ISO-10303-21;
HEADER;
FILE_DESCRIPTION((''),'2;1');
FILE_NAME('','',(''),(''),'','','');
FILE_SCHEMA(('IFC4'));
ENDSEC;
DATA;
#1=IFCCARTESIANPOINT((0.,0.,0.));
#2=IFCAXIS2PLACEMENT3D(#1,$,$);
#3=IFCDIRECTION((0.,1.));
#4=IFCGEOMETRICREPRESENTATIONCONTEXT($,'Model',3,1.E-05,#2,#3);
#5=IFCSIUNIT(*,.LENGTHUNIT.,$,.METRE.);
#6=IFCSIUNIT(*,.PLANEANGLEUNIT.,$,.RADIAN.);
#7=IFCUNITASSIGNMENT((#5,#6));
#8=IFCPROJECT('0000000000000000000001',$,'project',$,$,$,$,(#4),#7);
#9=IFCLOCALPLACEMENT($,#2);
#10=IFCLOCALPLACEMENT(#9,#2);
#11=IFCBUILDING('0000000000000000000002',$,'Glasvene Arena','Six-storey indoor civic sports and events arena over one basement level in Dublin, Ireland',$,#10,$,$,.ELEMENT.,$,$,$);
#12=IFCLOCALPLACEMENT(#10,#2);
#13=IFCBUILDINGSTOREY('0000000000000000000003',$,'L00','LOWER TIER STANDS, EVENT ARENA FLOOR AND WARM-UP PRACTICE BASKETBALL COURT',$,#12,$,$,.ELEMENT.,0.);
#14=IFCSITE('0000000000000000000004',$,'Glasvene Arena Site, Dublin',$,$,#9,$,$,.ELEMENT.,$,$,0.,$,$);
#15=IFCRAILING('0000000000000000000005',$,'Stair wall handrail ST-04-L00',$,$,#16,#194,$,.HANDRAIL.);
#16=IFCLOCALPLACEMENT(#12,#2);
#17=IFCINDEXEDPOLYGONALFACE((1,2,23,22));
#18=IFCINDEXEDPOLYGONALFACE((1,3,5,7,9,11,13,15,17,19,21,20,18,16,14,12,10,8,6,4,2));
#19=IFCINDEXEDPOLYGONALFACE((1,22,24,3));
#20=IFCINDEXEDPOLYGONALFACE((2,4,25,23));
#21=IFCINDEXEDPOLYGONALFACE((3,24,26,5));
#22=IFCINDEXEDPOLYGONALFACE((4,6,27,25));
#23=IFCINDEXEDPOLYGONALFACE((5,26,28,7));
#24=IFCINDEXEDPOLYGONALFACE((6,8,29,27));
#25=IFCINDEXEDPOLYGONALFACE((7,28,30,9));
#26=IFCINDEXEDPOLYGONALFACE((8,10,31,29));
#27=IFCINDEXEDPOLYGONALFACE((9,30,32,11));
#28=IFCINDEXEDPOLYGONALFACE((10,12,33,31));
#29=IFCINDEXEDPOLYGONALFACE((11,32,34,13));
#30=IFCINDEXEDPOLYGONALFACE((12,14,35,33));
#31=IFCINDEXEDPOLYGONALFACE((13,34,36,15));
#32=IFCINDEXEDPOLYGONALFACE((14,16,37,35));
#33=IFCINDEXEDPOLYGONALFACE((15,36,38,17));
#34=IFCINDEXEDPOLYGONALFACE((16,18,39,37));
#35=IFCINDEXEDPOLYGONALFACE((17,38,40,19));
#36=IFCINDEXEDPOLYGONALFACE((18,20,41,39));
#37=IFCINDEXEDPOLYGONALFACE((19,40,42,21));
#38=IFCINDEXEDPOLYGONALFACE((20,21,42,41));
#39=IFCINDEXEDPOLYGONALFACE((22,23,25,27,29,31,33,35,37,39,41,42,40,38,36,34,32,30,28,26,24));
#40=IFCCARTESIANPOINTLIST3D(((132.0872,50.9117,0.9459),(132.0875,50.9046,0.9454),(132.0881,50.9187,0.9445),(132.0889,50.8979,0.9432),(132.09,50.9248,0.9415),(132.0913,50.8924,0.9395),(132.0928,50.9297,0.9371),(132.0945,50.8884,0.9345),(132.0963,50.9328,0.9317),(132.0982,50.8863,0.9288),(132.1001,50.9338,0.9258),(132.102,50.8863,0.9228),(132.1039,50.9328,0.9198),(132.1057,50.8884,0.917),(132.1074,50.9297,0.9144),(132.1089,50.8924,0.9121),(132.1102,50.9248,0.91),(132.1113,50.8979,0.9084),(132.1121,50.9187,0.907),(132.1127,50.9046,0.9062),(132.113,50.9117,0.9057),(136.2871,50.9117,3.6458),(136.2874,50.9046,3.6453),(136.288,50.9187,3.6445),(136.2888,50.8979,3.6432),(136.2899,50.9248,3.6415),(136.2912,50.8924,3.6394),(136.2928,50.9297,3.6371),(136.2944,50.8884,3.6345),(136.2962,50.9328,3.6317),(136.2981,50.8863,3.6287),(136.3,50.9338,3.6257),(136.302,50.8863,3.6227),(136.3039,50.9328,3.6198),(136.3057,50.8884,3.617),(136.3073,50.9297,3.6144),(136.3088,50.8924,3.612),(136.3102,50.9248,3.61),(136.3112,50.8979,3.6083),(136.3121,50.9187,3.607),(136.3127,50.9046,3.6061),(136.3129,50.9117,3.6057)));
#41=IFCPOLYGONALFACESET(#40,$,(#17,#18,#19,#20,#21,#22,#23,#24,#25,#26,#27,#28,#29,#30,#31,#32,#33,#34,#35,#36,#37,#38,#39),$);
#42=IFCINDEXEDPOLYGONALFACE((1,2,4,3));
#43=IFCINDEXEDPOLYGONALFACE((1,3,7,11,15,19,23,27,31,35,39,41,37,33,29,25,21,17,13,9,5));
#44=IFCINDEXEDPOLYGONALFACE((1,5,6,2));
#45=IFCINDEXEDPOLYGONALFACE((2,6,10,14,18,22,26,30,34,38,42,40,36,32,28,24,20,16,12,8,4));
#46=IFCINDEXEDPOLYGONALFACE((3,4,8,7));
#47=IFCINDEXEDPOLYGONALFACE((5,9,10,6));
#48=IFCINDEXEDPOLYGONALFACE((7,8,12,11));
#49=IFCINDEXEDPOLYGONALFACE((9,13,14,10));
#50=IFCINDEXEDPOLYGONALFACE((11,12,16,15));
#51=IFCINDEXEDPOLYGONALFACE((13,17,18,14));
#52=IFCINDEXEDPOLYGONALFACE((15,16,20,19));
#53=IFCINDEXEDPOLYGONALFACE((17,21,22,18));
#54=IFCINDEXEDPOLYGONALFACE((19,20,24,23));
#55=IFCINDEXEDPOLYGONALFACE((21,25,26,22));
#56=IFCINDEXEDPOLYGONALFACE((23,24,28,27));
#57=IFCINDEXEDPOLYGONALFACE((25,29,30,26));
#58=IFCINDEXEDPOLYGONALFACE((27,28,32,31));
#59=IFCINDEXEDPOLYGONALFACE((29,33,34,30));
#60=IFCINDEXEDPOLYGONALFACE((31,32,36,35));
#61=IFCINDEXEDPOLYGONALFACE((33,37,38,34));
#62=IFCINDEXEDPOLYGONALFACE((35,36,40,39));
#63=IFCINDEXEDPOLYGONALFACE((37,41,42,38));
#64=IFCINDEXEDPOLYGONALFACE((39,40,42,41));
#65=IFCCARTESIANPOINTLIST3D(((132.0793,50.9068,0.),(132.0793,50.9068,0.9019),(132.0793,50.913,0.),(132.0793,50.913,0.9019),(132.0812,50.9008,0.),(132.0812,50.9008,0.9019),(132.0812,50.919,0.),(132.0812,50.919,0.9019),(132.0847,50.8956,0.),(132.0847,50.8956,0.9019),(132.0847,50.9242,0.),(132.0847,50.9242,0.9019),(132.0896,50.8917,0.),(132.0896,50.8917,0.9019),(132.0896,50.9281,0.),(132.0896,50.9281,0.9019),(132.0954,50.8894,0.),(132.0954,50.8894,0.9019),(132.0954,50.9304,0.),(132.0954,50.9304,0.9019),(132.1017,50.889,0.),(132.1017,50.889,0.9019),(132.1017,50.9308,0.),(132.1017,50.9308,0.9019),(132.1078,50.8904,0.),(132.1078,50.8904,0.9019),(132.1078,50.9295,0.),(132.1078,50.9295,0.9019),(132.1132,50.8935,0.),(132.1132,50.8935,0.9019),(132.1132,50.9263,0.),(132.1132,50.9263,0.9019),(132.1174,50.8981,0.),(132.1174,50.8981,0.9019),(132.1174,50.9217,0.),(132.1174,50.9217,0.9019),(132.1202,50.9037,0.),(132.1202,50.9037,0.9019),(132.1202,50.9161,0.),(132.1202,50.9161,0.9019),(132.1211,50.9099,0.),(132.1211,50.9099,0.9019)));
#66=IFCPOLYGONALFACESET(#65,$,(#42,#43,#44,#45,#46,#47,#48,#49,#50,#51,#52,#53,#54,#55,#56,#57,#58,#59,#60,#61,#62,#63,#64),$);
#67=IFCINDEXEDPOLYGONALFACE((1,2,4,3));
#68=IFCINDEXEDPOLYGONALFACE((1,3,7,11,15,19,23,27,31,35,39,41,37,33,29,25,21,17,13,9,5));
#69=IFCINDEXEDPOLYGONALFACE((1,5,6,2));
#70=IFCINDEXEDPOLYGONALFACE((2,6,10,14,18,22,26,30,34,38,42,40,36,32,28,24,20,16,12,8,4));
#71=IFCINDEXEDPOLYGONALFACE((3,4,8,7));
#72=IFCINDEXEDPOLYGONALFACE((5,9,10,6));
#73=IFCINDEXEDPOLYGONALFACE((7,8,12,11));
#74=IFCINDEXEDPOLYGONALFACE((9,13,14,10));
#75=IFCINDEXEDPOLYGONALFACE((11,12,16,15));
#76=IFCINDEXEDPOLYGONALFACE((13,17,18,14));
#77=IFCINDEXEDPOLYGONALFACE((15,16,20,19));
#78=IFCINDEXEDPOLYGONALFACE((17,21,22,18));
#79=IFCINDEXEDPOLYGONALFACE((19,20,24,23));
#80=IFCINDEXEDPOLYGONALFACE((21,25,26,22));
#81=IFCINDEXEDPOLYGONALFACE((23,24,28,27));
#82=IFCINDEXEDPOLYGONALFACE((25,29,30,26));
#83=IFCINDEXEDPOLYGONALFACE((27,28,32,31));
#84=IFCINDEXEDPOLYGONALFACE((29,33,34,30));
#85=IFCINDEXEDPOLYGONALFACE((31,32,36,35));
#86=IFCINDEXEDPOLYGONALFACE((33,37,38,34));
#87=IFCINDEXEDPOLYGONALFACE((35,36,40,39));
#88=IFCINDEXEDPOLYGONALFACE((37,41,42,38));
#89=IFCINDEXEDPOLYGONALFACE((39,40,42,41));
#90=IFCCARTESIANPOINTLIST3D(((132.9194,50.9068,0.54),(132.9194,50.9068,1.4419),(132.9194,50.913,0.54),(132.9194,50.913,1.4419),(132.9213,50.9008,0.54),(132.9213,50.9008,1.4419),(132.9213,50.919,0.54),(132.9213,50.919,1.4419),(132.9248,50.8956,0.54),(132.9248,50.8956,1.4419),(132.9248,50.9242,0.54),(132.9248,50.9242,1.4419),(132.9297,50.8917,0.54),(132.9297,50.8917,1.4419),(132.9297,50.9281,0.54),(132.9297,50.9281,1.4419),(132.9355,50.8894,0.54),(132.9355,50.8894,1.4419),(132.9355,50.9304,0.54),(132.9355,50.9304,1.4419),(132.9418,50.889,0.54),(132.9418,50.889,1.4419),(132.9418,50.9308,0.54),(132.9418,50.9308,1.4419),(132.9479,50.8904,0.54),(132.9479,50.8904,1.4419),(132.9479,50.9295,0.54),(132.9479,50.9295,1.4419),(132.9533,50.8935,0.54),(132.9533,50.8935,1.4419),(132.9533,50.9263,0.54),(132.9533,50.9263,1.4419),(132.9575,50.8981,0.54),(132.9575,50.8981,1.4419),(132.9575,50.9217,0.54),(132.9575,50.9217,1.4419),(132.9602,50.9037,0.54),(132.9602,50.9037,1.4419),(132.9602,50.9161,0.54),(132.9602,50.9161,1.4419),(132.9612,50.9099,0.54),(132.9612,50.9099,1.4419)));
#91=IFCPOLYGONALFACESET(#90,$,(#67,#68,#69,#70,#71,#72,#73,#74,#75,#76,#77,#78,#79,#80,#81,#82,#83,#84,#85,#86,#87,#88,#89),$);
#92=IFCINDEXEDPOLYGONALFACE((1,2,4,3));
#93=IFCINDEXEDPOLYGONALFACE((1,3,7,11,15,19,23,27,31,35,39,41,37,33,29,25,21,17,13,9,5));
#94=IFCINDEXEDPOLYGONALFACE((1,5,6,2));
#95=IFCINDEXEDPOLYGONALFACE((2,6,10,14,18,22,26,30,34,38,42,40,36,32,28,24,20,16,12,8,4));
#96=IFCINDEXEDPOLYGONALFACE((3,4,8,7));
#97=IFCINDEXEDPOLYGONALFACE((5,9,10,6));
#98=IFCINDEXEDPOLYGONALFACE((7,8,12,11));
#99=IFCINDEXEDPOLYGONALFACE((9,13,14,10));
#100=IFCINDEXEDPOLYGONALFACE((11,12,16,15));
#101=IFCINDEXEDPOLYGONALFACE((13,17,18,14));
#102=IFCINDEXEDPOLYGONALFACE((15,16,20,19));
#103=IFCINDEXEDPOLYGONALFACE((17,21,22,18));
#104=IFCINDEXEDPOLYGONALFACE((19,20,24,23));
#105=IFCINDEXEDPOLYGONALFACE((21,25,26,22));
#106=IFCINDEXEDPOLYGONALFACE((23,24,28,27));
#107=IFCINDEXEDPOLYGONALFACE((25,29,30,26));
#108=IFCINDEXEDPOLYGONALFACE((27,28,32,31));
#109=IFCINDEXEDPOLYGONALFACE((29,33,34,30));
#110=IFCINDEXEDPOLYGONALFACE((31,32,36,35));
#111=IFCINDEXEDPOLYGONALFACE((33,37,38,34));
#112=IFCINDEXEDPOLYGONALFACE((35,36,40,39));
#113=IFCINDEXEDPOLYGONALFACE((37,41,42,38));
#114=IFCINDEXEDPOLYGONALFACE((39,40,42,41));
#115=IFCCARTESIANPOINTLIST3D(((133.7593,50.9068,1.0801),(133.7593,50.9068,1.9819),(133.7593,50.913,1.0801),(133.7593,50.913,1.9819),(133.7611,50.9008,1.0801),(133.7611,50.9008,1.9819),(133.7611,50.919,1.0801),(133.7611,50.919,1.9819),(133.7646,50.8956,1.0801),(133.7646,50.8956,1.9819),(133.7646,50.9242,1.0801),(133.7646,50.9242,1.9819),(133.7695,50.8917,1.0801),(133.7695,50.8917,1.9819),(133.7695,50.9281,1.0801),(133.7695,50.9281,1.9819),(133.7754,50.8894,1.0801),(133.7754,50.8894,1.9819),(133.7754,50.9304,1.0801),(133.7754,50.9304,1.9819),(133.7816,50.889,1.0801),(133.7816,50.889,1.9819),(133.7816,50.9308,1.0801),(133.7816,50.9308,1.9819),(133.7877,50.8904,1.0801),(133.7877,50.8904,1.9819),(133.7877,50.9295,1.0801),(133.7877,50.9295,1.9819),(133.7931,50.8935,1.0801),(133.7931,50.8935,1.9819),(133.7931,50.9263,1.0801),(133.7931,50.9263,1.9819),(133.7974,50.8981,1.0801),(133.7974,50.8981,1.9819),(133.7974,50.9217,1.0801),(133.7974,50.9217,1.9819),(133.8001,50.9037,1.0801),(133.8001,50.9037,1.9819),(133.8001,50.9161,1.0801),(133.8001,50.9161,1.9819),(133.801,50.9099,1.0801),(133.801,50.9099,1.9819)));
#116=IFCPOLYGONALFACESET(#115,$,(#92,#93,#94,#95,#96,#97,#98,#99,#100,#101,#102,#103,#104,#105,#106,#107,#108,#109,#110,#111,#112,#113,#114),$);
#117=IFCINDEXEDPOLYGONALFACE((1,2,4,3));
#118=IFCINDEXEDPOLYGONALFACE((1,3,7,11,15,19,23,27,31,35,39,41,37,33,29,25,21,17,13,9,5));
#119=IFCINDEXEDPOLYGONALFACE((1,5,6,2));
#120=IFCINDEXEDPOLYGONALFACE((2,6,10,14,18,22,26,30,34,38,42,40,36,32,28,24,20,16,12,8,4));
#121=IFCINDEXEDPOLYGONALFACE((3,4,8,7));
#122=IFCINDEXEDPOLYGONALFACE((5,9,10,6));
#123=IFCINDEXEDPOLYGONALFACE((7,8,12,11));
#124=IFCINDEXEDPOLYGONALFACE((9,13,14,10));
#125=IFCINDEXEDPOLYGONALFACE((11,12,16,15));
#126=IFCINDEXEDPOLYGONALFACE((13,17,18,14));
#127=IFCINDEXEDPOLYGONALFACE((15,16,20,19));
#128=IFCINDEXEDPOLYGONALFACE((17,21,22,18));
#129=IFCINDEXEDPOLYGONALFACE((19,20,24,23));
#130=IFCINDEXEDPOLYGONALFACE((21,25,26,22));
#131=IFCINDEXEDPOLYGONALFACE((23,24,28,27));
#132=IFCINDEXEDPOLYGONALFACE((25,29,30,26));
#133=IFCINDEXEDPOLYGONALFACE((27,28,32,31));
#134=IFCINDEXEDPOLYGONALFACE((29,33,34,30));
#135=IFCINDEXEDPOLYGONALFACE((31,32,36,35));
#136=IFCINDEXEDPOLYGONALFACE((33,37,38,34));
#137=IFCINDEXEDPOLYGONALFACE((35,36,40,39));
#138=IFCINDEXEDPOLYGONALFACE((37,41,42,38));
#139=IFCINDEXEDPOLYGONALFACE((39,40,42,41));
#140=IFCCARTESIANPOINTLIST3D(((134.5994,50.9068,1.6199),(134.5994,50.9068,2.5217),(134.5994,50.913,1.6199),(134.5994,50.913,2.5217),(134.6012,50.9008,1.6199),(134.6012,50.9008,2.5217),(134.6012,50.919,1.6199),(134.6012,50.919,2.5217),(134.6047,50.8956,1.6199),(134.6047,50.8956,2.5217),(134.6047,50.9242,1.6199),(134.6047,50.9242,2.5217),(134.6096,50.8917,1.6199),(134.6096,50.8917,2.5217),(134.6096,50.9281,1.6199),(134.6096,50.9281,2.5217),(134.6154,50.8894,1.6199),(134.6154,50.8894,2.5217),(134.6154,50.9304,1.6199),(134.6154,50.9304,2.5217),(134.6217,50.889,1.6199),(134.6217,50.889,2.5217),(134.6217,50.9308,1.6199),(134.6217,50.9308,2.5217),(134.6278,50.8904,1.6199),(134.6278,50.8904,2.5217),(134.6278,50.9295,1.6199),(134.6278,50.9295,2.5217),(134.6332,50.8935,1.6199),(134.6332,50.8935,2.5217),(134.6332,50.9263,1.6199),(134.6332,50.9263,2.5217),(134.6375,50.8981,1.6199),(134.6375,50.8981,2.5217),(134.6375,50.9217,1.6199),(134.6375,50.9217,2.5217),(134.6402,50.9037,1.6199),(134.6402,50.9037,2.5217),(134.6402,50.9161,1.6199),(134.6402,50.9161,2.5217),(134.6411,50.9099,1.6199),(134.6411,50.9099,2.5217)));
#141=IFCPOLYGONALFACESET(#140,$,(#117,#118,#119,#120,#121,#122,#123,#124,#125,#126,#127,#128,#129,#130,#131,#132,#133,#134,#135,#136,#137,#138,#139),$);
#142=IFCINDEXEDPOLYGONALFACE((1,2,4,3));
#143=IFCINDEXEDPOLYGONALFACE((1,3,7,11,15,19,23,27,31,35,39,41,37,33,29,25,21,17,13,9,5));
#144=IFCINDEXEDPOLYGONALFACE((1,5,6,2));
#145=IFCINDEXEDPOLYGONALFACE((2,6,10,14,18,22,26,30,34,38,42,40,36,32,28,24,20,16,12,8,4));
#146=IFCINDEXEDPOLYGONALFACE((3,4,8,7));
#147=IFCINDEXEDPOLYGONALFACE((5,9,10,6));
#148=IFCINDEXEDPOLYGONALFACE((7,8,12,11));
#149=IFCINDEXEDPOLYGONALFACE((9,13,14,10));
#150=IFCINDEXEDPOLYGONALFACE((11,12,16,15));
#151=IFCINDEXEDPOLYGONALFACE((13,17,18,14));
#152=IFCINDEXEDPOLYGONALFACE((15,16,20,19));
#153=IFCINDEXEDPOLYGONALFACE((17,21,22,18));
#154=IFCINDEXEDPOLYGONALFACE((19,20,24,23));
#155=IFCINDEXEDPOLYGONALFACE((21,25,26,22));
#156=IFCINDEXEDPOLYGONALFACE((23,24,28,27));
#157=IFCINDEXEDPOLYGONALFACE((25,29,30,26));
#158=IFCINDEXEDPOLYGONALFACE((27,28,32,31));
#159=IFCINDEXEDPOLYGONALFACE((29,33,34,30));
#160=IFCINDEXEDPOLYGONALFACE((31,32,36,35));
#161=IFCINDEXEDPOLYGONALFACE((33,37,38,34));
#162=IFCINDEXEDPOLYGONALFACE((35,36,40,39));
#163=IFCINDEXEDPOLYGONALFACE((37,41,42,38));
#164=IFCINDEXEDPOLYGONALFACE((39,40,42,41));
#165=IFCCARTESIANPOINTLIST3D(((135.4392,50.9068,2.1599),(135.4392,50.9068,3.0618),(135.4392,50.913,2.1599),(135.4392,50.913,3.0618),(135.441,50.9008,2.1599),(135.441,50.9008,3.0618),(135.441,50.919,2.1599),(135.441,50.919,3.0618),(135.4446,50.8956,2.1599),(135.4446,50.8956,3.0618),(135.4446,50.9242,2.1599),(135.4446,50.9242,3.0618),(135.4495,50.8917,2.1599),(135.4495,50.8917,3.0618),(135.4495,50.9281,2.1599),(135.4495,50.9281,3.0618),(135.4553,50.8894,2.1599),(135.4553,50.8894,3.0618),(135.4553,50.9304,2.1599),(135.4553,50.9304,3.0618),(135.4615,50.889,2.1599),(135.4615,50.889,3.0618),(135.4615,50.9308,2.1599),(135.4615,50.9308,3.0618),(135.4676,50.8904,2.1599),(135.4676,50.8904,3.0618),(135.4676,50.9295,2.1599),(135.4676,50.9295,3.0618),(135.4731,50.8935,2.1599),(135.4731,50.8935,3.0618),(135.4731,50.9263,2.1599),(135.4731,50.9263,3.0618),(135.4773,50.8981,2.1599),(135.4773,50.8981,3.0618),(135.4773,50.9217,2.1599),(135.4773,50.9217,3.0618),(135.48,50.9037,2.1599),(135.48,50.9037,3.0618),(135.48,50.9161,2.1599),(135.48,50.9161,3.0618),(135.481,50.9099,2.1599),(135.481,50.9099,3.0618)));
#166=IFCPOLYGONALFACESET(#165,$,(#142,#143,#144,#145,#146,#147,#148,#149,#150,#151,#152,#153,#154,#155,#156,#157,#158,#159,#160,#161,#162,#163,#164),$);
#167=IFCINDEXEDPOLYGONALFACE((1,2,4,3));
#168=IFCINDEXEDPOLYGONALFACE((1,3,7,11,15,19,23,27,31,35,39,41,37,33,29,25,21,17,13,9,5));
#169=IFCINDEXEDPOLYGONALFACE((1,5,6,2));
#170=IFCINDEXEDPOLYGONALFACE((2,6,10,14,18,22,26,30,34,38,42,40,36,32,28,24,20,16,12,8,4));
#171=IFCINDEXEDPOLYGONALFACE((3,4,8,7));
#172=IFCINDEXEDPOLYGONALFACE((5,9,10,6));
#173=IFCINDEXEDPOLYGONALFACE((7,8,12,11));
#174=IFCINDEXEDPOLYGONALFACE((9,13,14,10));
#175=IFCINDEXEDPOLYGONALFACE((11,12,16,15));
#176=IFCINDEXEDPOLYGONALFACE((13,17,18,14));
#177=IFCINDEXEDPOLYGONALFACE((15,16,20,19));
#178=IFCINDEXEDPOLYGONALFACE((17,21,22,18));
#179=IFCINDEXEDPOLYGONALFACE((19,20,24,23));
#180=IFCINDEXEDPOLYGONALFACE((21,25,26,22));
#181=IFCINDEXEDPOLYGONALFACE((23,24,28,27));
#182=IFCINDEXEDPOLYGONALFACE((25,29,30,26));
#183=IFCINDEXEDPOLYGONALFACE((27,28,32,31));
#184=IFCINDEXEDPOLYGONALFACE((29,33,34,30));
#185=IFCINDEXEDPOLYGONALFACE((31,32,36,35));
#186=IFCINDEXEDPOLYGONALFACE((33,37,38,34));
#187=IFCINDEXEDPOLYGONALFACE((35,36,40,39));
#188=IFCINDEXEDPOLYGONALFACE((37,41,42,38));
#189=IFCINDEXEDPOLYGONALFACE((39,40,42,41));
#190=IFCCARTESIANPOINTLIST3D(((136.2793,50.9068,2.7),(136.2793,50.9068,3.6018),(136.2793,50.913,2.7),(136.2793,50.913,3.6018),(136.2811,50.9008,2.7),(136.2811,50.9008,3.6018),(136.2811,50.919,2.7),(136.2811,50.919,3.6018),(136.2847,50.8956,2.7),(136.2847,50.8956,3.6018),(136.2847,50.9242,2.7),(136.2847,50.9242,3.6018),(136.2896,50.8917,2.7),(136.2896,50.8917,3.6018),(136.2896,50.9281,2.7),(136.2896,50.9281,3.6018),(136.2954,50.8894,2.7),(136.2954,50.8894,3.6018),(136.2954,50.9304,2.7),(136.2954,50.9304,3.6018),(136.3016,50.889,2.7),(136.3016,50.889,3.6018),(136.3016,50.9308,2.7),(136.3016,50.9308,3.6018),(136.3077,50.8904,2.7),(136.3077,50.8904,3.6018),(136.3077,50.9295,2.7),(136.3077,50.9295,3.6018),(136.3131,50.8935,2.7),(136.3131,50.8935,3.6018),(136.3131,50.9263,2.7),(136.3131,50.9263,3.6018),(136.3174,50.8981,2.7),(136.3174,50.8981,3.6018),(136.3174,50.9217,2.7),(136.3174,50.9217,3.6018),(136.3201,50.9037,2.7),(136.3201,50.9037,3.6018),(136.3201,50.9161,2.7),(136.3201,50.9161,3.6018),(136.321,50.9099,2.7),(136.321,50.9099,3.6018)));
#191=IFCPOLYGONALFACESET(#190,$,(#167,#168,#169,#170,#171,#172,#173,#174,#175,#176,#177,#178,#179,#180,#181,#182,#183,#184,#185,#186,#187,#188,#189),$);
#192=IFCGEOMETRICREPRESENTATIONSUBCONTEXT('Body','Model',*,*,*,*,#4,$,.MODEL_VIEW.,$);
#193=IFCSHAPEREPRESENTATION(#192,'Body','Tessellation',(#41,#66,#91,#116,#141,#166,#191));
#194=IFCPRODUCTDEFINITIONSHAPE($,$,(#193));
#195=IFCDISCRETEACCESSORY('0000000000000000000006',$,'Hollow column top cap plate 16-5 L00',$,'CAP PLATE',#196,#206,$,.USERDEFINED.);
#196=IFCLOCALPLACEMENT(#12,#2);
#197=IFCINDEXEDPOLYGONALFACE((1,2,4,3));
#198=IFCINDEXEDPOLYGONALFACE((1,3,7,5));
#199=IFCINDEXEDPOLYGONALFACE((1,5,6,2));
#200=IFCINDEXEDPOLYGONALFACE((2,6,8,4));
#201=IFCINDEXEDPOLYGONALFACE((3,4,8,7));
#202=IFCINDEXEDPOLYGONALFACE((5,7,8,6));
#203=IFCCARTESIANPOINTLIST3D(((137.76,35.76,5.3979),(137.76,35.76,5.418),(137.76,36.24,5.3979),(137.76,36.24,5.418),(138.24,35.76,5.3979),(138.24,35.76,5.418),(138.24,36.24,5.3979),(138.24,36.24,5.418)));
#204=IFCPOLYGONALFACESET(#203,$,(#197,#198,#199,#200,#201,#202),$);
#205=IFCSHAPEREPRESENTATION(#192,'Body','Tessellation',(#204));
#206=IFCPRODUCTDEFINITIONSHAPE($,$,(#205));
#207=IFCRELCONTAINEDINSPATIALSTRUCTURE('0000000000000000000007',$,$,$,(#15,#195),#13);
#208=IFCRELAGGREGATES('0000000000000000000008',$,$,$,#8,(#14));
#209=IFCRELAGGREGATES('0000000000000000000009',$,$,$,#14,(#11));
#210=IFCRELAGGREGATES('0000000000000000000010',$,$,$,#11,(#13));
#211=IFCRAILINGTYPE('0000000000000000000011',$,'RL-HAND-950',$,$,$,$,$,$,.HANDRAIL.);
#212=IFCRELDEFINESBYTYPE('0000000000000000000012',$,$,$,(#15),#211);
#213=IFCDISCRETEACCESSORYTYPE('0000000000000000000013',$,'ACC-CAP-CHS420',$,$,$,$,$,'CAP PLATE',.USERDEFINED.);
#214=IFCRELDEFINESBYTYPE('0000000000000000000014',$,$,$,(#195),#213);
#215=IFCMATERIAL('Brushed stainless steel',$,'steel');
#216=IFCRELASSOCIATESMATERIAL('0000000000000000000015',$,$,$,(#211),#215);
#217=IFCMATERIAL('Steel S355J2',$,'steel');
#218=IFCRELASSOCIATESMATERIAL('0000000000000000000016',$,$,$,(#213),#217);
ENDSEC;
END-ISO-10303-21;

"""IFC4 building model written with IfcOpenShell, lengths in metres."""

from ifc_helpers import new_model, si_unit, direction, frame, origin, origin_2d, place, context, subcontext, project, spatial, rectangle, circle, extrude, material, type_object, element, save


model = new_model("IFC4")

# Units and contexts
model_context = context("Model", 3, precision=1e-05, world=origin(), true_north=direction((0.0, 1.0)))
body_context = subcontext(model_context, "Body", "Model", "MODEL_VIEW")
ifc_project = project(units=[si_unit("LENGTHUNIT", "METRE"), si_unit("PLANEANGLEUNIT", "RADIAN")], contexts=[model_context])

# Site, building, storey
site_placement = place(None, origin())
site = spatial("IfcSite", under=ifc_project, at=site_placement, Name="Glasvene Arena Site, Dublin", CompositionType="ELEMENT", RefElevation=0.0)
building_placement = place(site_placement, origin())
building = spatial("IfcBuilding", under=site, at=building_placement, Name="Glasvene Arena", Description="Six-storey indoor civic sports and events arena over one basement level in Dublin, Ireland", CompositionType="ELEMENT")
storey_placement = place(building_placement, origin())
storey = spatial("IfcBuildingStorey", under=building, at=storey_placement, Name="L00", Description="LOWER TIER STANDS, EVENT ARENA FLOOR AND WARM-UP PRACTICE BASKETBALL COURT", CompositionType="ELEMENT", Elevation=0.0)

# Shared definitions
ifc_material_1 = material(Name="Steel S355J2", Category="steel")

# Shared definitions
ifc_material_2 = material(Name="Brushed stainless steel", Category="steel")

# Railing
railing_type_1 = type_object("IfcRailingType", Name="RL-HAND-950", PredefinedType="HANDRAIL", material=ifc_material_2)
railing_1_placement = place(storey_placement, frame((132.1001, 50.9099, 0.0)))
element("IfcRailing", 1, at=railing_1_placement, inside=storey, type_object=railing_type_1, Name="Stair wall handrail ST-04-L00", PredefinedType="HANDRAIL", context=body_context, shape_type="SweptSolid", body=[
    extrude(circle(Radius=0.0239, at=origin_2d()), frame((0.0, 0.0, 0.9258), z_axis=(0.84118, 0.0, 0.540755), x_axis=(0.0, 1.0, 0.0)), (0.0, 0.0, 1.0), 4.9929),
    extrude(circle(Radius=0.021, at=origin_2d()), origin(), (0.0, 0.0, 1.0), 0.9019),
    extrude(circle(Radius=0.021, at=origin_2d()), frame((0.8401, 0.0, 0.54)), (0.0, 0.0, 1.0), 0.9019),
    extrude(circle(Radius=0.021, at=origin_2d()), frame((1.6799, 0.0, 1.0801)), (0.0, 0.0, 1.0), 0.9019),
    extrude(circle(Radius=0.021, at=origin_2d()), frame((2.52, 0.0, 1.6199)), (0.0, 0.0, 1.0), 0.9019),
    extrude(circle(Radius=0.021, at=origin_2d()), frame((3.3599, 0.0, 2.1599)), (0.0, 0.0, 1.0), 0.9019),
    extrude(circle(Radius=0.021, at=origin_2d()), frame((4.2, 0.0, 2.7)), (0.0, 0.0, 1.0), 0.9019),
])

# Discrete accessory
discrete_accessory_type = type_object("IfcDiscreteAccessoryType", Name="ACC-CAP-CHS420", ElementType="CAP PLATE", PredefinedType="USERDEFINED", material=ifc_material_1)
discrete_accessory_placement = place(storey_placement, frame((138.0, 36.0, 5.3979), z_axis=(0.0, 0.0, 1.0), x_axis=(1.0, 0.0, 0.0)))
element("IfcDiscreteAccessory", 2, at=discrete_accessory_placement, inside=storey, type_object=discrete_accessory_type, Name="Hollow column top cap plate 16-5 L00", ObjectType="CAP PLATE", PredefinedType="USERDEFINED", context=body_context, shape_type="SweptSolid", body=[
    extrude(rectangle(XDim=0.48, YDim=0.48, at=origin_2d()), origin(), (0.0, 0.0, 1.0), 0.02),
])

save(model, "model.ifc")
